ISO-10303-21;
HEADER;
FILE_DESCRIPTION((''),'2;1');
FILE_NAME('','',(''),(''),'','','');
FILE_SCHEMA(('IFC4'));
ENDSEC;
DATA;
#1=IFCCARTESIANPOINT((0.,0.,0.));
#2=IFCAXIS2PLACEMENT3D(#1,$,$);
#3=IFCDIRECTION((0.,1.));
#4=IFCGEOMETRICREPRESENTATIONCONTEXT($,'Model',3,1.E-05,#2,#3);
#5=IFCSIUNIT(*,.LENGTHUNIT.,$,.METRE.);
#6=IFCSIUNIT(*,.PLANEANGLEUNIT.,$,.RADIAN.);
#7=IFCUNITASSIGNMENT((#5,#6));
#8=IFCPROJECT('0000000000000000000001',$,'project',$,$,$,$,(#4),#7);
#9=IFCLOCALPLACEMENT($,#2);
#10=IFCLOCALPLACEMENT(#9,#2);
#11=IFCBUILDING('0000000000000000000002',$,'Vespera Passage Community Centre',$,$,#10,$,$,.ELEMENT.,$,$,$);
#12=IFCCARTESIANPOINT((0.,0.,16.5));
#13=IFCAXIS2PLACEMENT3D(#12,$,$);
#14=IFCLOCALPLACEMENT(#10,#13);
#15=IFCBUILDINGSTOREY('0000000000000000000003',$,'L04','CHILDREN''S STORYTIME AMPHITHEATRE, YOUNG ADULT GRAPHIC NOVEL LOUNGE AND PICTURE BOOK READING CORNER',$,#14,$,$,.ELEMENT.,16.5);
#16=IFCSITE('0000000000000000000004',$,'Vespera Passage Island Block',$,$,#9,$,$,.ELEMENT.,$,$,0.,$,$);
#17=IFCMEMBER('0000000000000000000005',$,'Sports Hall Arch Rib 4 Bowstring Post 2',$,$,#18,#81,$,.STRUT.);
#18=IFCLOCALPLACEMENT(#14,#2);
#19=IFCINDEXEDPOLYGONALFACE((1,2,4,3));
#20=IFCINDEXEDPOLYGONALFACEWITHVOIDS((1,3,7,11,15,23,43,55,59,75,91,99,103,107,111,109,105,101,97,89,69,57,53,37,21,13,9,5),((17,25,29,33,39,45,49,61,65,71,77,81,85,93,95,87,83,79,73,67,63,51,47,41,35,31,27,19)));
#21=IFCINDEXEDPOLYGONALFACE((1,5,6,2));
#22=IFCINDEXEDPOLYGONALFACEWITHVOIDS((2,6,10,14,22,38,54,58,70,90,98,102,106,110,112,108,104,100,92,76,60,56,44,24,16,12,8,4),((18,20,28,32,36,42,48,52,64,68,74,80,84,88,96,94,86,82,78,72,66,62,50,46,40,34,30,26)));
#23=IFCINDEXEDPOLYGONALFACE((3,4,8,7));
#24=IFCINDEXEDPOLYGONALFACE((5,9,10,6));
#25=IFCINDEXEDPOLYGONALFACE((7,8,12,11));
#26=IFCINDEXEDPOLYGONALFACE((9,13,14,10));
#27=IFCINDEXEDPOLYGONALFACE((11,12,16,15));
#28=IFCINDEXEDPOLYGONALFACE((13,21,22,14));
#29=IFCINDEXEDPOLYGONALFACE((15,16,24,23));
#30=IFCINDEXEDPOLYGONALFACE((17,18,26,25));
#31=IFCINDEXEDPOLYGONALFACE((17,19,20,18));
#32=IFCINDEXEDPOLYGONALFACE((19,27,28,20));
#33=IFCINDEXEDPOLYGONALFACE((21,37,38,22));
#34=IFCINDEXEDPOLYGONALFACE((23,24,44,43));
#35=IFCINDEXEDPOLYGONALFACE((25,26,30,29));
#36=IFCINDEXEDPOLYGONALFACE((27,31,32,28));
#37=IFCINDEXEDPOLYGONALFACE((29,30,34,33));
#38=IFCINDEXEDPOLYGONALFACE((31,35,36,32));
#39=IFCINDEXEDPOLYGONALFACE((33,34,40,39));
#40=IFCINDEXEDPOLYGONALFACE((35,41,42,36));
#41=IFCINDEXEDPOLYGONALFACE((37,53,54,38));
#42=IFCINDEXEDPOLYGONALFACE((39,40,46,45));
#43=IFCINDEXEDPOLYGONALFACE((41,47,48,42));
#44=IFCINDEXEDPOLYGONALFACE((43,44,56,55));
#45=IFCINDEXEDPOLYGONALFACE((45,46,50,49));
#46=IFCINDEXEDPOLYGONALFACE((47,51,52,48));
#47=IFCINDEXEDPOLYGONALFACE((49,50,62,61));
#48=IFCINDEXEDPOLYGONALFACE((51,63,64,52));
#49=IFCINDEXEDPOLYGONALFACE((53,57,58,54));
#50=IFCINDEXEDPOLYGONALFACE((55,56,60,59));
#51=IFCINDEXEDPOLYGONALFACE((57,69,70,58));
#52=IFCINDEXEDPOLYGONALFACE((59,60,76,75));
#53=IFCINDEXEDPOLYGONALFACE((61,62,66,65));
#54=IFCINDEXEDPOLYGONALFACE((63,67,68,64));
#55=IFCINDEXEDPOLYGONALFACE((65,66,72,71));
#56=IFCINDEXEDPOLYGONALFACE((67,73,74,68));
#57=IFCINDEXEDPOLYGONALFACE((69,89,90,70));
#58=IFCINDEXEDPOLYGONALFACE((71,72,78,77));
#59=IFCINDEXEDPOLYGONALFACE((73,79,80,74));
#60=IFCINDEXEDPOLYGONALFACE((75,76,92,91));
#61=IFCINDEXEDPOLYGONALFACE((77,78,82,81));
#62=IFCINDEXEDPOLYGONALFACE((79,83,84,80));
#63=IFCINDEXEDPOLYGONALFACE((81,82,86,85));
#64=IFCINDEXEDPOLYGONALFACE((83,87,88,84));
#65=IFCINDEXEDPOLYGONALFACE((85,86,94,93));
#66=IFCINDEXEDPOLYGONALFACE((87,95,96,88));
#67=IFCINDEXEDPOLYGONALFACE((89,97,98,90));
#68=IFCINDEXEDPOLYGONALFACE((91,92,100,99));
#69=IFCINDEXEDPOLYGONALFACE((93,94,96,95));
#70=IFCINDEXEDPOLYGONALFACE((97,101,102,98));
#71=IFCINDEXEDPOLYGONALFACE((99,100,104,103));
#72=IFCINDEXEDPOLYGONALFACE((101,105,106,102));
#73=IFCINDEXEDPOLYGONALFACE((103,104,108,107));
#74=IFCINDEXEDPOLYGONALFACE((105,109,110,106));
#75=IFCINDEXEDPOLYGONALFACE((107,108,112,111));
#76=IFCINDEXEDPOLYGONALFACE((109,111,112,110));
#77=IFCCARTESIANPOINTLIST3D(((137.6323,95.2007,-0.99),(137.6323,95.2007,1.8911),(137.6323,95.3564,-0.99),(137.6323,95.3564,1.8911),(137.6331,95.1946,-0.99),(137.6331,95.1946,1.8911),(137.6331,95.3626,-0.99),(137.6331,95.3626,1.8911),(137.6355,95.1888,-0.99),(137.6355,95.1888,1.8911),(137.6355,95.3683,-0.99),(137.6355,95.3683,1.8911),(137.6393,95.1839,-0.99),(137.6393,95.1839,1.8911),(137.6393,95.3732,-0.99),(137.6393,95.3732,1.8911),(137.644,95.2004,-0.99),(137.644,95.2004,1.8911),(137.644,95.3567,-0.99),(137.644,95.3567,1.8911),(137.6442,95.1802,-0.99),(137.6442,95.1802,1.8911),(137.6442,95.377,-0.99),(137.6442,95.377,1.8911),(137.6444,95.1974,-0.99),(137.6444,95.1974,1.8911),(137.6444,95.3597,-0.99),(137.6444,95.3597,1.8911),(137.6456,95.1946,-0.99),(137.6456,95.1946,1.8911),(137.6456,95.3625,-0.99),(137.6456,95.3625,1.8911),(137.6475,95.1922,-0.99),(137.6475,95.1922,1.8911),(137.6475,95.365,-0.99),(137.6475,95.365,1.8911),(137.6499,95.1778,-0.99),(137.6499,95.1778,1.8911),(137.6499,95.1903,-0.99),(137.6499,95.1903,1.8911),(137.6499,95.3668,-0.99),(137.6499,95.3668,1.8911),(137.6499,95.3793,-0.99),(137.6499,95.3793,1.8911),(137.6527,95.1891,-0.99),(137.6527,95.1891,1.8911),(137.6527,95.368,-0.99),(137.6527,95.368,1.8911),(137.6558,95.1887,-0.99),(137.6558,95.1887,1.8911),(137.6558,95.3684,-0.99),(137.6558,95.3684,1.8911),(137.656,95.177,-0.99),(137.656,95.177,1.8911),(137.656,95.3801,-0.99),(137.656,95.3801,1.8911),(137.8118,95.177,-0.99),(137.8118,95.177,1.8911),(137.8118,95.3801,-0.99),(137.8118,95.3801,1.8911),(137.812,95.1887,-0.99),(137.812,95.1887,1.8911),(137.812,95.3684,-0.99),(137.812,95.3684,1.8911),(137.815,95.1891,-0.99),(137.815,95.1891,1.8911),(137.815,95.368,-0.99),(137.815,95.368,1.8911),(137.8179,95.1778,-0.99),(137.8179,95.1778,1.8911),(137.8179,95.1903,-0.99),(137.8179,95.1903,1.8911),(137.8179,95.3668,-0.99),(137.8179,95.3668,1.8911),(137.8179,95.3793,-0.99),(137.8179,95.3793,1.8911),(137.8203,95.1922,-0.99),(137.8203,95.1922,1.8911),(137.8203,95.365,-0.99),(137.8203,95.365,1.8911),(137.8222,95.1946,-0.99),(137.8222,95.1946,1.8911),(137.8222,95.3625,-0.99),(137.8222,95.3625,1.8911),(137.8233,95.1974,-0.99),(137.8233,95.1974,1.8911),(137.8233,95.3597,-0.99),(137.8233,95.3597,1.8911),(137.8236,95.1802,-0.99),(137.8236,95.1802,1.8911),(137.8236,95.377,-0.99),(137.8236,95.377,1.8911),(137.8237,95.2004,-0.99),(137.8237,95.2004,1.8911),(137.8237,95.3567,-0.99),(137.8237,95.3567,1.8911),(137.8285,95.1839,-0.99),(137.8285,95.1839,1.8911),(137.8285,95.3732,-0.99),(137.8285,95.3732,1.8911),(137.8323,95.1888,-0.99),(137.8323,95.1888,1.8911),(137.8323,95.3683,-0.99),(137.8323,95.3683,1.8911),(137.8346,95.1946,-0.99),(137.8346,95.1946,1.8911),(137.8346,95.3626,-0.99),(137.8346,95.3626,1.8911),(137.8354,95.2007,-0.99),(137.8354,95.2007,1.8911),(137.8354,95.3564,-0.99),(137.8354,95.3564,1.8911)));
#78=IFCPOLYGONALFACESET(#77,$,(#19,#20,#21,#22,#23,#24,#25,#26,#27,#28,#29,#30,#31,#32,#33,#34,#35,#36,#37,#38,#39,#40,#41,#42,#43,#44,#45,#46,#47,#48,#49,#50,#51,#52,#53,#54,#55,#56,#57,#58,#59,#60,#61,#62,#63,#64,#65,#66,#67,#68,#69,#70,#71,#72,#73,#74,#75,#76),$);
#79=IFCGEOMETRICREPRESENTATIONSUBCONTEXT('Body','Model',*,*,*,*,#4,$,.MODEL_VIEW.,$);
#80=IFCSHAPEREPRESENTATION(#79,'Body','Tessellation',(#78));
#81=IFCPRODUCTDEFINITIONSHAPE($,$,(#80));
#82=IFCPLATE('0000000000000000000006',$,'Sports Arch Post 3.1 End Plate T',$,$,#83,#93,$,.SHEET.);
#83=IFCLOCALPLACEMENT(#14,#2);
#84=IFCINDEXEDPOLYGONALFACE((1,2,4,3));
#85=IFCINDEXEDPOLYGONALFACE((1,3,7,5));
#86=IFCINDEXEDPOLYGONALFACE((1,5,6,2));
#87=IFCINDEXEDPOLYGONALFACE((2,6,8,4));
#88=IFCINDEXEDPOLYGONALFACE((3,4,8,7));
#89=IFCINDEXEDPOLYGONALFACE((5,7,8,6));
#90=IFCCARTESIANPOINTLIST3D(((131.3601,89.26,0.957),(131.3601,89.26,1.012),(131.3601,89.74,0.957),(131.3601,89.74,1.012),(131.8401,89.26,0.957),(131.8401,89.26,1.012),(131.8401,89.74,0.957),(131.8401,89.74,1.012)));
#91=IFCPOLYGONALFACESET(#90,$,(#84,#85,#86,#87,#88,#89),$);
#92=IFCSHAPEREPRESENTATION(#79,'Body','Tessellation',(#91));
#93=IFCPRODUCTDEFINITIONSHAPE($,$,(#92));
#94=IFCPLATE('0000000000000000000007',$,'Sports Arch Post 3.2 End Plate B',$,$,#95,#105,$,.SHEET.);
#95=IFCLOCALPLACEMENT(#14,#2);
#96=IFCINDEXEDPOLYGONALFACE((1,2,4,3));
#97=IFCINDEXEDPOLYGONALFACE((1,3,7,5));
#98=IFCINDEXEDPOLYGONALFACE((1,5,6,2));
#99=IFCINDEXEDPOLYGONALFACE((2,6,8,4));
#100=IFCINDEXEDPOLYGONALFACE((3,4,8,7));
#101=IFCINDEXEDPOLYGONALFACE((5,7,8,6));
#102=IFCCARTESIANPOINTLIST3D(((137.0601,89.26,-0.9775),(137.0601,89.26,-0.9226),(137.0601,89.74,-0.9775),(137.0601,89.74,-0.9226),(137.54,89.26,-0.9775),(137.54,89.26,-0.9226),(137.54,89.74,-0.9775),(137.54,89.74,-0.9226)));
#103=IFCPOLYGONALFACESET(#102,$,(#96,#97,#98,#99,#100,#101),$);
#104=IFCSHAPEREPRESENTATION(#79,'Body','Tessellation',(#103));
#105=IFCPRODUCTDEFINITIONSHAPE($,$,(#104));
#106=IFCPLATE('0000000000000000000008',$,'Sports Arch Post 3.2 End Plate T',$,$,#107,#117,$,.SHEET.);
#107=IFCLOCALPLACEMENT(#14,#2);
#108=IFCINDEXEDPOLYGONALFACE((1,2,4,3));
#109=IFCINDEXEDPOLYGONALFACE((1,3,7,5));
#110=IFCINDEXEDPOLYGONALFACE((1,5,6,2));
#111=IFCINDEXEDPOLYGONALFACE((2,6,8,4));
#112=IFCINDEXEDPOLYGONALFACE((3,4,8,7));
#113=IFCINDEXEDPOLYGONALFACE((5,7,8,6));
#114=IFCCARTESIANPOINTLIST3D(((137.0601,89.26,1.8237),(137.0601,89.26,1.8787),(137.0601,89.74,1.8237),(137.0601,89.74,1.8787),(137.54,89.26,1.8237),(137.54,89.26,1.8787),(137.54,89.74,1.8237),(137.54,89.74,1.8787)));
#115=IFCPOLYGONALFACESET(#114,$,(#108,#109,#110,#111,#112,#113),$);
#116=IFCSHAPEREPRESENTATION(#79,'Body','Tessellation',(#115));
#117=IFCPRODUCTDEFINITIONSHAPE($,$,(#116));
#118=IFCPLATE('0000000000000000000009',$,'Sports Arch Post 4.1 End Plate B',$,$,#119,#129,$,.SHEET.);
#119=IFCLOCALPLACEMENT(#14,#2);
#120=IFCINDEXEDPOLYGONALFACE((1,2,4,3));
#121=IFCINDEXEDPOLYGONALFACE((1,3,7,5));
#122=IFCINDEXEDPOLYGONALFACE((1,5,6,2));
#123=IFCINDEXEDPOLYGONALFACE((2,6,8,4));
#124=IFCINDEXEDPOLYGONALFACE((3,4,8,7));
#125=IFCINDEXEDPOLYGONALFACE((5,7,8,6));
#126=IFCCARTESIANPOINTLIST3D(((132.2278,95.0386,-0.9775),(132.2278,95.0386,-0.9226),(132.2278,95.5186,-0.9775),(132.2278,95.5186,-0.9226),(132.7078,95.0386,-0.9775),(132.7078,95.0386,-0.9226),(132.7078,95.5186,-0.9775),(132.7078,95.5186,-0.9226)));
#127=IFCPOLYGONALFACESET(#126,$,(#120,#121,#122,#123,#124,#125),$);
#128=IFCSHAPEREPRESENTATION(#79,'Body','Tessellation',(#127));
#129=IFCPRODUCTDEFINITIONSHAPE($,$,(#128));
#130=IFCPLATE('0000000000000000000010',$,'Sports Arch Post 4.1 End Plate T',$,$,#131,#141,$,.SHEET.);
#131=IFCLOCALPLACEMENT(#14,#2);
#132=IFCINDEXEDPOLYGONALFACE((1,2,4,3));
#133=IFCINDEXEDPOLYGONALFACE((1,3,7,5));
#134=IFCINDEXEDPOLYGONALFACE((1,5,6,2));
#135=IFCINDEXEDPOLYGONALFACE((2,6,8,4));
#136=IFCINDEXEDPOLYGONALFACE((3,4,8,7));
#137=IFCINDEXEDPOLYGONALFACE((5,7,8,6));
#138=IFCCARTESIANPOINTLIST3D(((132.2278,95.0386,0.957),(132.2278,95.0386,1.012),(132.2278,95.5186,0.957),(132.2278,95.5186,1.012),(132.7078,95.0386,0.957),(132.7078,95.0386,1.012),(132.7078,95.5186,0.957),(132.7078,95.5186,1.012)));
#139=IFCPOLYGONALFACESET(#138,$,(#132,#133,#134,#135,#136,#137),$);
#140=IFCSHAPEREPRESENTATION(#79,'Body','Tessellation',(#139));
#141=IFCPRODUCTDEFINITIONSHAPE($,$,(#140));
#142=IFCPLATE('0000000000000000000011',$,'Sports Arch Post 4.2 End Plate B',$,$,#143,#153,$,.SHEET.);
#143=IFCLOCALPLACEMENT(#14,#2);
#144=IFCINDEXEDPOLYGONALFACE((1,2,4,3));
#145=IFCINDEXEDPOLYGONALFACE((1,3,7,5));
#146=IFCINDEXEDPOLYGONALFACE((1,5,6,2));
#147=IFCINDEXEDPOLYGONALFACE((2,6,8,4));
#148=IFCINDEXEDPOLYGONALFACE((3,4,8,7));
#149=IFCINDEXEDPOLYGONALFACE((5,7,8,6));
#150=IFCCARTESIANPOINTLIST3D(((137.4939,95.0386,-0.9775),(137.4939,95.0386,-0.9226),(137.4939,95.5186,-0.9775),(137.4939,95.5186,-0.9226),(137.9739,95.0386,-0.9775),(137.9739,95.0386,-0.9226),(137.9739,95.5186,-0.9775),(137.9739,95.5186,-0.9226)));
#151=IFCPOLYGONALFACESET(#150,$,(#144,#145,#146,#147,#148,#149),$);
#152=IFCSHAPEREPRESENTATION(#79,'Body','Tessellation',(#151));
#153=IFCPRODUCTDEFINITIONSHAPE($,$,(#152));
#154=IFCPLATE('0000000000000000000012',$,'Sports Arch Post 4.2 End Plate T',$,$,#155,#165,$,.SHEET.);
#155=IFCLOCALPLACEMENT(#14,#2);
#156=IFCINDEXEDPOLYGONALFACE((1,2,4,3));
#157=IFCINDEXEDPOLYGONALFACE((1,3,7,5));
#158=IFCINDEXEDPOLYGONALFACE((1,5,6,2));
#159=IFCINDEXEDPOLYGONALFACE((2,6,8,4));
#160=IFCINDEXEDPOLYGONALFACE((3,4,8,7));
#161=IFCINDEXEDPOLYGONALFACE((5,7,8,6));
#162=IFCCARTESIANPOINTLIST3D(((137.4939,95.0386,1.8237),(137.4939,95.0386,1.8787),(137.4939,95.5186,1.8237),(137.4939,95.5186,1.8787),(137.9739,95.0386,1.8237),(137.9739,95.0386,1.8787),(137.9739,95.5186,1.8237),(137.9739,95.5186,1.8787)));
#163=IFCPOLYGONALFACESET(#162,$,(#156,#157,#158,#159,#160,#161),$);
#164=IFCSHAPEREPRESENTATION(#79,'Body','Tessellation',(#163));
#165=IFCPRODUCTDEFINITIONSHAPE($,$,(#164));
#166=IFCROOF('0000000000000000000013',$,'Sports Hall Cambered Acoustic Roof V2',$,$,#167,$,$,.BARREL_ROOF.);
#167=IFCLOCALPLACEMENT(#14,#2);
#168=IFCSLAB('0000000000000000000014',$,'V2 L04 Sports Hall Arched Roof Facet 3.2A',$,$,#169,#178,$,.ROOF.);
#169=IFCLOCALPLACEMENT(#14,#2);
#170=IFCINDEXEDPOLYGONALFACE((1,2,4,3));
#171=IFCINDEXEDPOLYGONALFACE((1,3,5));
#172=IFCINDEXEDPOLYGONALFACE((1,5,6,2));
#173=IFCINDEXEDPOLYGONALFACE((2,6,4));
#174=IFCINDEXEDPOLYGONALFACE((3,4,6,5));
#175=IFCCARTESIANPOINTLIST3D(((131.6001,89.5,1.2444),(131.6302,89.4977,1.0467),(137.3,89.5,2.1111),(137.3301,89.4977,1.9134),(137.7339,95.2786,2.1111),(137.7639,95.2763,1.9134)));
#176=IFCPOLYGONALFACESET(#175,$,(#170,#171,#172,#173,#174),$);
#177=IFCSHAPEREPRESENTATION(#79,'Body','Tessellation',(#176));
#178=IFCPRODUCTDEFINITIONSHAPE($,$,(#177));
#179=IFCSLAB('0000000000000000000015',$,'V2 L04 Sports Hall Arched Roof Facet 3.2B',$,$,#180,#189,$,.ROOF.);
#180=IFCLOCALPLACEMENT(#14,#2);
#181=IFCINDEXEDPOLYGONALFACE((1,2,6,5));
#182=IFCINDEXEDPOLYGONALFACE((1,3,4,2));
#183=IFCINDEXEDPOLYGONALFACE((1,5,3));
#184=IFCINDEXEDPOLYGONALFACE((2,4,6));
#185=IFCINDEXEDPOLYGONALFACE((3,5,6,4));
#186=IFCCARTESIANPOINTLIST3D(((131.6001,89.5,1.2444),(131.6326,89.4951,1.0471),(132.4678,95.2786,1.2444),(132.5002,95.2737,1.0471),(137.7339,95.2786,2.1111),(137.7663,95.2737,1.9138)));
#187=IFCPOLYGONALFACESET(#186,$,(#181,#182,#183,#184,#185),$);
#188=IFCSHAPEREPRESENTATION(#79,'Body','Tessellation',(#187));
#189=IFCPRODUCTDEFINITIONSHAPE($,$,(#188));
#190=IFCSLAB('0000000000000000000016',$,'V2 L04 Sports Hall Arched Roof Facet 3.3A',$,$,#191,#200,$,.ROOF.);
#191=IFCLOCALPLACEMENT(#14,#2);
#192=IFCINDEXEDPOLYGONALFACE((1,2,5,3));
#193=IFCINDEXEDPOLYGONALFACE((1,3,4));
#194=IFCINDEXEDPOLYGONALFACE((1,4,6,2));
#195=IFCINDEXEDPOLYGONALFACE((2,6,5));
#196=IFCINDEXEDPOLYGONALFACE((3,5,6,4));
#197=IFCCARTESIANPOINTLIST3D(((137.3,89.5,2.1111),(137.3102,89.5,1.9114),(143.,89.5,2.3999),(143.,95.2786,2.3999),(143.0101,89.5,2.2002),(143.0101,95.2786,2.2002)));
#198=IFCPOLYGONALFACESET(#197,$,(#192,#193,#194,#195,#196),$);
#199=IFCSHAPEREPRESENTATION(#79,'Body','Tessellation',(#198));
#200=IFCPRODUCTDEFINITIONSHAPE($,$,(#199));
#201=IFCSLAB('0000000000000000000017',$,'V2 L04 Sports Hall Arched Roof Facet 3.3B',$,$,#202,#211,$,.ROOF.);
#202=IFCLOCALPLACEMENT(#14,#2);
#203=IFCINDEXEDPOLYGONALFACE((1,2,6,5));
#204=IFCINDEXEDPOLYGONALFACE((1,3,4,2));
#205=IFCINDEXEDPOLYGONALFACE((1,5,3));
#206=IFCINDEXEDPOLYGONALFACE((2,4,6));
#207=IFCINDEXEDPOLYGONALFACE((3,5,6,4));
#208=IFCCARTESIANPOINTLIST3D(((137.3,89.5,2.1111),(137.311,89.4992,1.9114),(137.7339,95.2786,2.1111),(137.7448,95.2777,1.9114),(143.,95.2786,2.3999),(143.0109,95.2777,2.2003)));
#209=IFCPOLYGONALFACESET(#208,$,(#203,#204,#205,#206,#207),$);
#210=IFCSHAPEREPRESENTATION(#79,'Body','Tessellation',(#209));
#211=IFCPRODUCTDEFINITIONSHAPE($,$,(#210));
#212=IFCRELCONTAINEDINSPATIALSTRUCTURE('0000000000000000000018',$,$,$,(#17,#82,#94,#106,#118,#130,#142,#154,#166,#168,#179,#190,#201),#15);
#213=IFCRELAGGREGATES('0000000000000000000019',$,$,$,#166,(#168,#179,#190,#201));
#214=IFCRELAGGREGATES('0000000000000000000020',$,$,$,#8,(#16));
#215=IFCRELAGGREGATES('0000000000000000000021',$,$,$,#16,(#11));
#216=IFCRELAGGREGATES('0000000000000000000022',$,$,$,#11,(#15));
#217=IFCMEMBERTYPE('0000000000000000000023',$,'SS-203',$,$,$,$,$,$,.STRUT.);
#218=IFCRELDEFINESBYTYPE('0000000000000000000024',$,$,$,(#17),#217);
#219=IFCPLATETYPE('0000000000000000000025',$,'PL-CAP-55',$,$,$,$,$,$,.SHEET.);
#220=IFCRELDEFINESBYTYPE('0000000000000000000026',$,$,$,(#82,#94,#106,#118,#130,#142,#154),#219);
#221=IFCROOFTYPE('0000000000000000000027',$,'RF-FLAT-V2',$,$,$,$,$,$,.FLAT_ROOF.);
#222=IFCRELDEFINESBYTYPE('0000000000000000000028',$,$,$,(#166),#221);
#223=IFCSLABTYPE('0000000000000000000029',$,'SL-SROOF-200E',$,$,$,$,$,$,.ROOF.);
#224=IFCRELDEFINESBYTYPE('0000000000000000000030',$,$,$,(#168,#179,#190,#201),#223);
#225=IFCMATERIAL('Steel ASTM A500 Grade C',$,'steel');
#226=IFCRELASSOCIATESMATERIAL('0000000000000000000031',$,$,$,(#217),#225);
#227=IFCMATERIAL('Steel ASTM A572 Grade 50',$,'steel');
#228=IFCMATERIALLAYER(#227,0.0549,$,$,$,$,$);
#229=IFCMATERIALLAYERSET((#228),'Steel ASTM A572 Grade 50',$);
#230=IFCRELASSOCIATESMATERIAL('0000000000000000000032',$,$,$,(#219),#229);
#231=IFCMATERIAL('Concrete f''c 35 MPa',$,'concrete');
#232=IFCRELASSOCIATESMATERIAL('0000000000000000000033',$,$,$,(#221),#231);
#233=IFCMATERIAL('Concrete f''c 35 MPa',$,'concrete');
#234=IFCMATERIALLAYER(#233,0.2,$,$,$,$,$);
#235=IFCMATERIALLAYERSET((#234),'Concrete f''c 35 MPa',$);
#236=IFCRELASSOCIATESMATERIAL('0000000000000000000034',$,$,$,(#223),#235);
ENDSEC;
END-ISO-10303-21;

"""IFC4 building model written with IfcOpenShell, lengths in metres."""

from ifc_helpers import new_model, si_unit, direction, frame, origin, origin_2d, place, context, subcontext, project, spatial, polyline, rectangle, hollow_rectangle, outline, extrude, material, layer, layer_set, material_profile, profile_set, type_object, element, aggregate, save


model = new_model("IFC4")

# Units and contexts
model_context = context("Model", 3, precision=1e-05, world=origin(), true_north=direction((0.0, 1.0)))
body_context = subcontext(model_context, "Body", "Model", "MODEL_VIEW")
ifc_project = project(units=[si_unit("LENGTHUNIT", "METRE"), si_unit("PLANEANGLEUNIT", "RADIAN")], contexts=[model_context])

# Site, building, storey
site_placement = place(None, origin())
site = spatial("IfcSite", under=ifc_project, at=site_placement, Name="Vespera Passage Island Block", CompositionType="ELEMENT", RefElevation=0.0)
building_placement = place(site_placement, origin())
building = spatial("IfcBuilding", under=site, at=building_placement, Name="Vespera Passage Community Centre", CompositionType="ELEMENT")
storey_placement = place(building_placement, frame((0.0, 0.0, 16.5)))
storey = spatial("IfcBuildingStorey", under=building, at=storey_placement, Name="L04", Description="CHILDREN'S STORYTIME AMPHITHEATRE, YOUNG ADULT GRAPHIC NOVEL LOUNGE AND PICTURE BOOK READING CORNER", CompositionType="ELEMENT", Elevation=16.5)

# Member
ifc_material_1 = material(Name="Steel ASTM A500 Grade C", Category="steel")
ifc_material_profile_1 = material_profile(ifc_material_1, hollow_rectangle(XDim=0.2031, YDim=0.2031, WallThickness=0.0117, InnerFilletRadius=0.0117, OuterFilletRadius=0.0237, at=origin_2d()), Name="HSS203X203X12.7")
ifc_profile_set_1 = profile_set([ifc_material_profile_1], Name="Steel ASTM A500 Grade C")
member_type = type_object("IfcMemberType", Name="SS-203", PredefinedType="STRUT", material=ifc_profile_set_1)
member_1_placement = place(storey_placement, frame((137.7339, 95.2786, -0.99), z_axis=(0.0, 0.0, 1.0), x_axis=(1.0, 0.0, 0.0)))
element("IfcMember", 1, at=member_1_placement, inside=storey, type_object=member_type, Name="Sports Hall Arch Rib 4 Bowstring Post 2", PredefinedType="STRUT", context=body_context, shape_type="SweptSolid", body=[
    extrude(hollow_rectangle(XDim=0.2031, YDim=0.2031, WallThickness=0.0117, InnerFilletRadius=0.0117, OuterFilletRadius=0.0237, at=origin_2d()), origin(), (0.0, 0.0, 1.0), 2.8811),
])

# Plates
ifc_material_2 = material(Name="Steel ASTM A572 Grade 50", Category="steel")
ifc_layer_1 = layer(ifc_material_2, 0.0549)
ifc_layer_set_1 = layer_set([ifc_layer_1], Name="Steel ASTM A572 Grade 50")
plate_type = type_object("IfcPlateType", Name="PL-CAP-55", PredefinedType="SHEET", material=ifc_layer_set_1)
for number, where, z_axis, x_axis, name in (
    (2, (131.6001, 89.5, 0.957), (0.0, 0.0, 1.0), (1.0, 0.0, 0.0), "Sports Arch Post 3.1 End Plate T"),
    (3, (137.3, 89.5, -0.9775), (0.0, 0.0, 1.0), (1.0, 0.0, 0.0), "Sports Arch Post 3.2 End Plate B"),
    (4, (137.3, 89.5, 1.8237), (0.0, 0.0, 1.0), (1.0, 0.0, 0.0), "Sports Arch Post 3.2 End Plate T"),
    (5, (132.4678, 95.2786, -0.9775), (0.0, 0.0, 1.0), (1.0, 0.0, 0.0), "Sports Arch Post 4.1 End Plate B"),
    (6, (132.4678, 95.2786, 0.957), (0.0, 0.0, 1.0), (1.0, 0.0, 0.0), "Sports Arch Post 4.1 End Plate T"),
    (7, (137.7339, 95.2786, -0.9775), (0.0, 0.0, 1.0), (1.0, 0.0, 0.0), "Sports Arch Post 4.2 End Plate B"),
    (8, (137.7339, 95.2786, 1.8237), (0.0, 0.0, 1.0), (1.0, 0.0, 0.0), "Sports Arch Post 4.2 End Plate T"),
):
    element("IfcPlate", number, at=place(storey_placement, frame(where, z_axis=z_axis, x_axis=x_axis)), inside=storey, type_object=plate_type, Name=name, PredefinedType="SHEET", context=body_context, shape_type="SweptSolid", body=[
        extrude(rectangle(XDim=0.48, YDim=0.48, at=origin_2d()), origin(), (0.0, 0.0, 1.0), 0.0549),
    ])

# Roof, slabs
ifc_material_3 = material(Name="Concrete f'c 35 MPa", Category="concrete")
roof_type = type_object("IfcRoofType", Name="RF-FLAT-V2", PredefinedType="FLAT_ROOF", material=ifc_material_3)
roof_placement = place(storey_placement, origin())
roof = element("IfcRoof", 9, at=roof_placement, inside=storey, type_object=roof_type, Name="Sports Hall Cambered Acoustic Roof V2", PredefinedType="BARREL_ROOF")
ifc_material_4 = material(Name="Concrete f'c 35 MPa", Category="concrete")
ifc_layer_2 = layer(ifc_material_4, 0.2)
ifc_layer_set_2 = layer_set([ifc_layer_2], Name="Concrete f'c 35 MPa")
slab_type = type_object("IfcSlabType", Name="SL-SROOF-200E", PredefinedType="ROOF", material=ifc_layer_set_2)
slab_1_placement = place(storey_placement, frame((131.6001, 89.5, 1.2444), z_axis=(-0.150316, 0.011285, 0.988574), x_axis=(0.988636, 0.0, 0.150326)))
slab_1 = element("IfcSlab", 10, at=slab_1_placement, inside=storey, type_object=slab_type, Name="V2 L04 Sports Hall Arched Roof Facet 3.2A", PredefinedType="ROOF", context=body_context, shape_type="SweptSolid", body=[
    extrude(outline(polyline([(0.0, 0.0), (5.7655, 0.0), (6.1944, 5.7789), (0.0, 0.0)])), origin(), (0.0, 0.0, -1.0), 0.2),
])
slab_2_placement = place(storey_placement, frame((131.6001, 89.5, 1.2444), z_axis=(-0.162347, 0.024377, 0.986432), x_axis=(0.72405, 0.682118, 0.102308)))
slab_2 = element("IfcSlab", 11, at=slab_2_placement, inside=storey, type_object=slab_type, Name="V2 L04 Sports Hall Arched Roof Facet 3.2B", PredefinedType="ROOF", context=body_context, shape_type="SweptSolid", body=[
    extrude(outline(polyline([(0.0, 0.0), (8.4715, 0.0), (4.5699, 3.6415), (0.0, 0.0)])), origin(), (0.0, 0.0, -1.0), 0.2),
])
slab_3_placement = place(storey_placement, frame((137.3, 89.5, 2.1111), z_axis=(-0.050605, 0.0, 0.998719), x_axis=(0.998719, 0.0, 0.050605)))
slab_3 = element("IfcSlab", 12, at=slab_3_placement, inside=storey, type_object=slab_type, Name="V2 L04 Sports Hall Arched Roof Facet 3.3A", PredefinedType="ROOF", context=body_context, shape_type="SweptSolid", body=[
    extrude(outline(polyline([(0.0, 0.0), (5.7073, 0.0), (5.7073, 5.7786), (0.0, 0.0)])), origin(), (0.0, 0.0, -1.0), 0.2),
])
slab_4_placement = place(storey_placement, frame((137.3, 89.5, 2.1111), z_axis=(-0.054762, 0.004111, 0.998491), x_axis=(0.701803, 0.711483, 0.035561)))
slab_4 = element("IfcSlab", 13, at=slab_4_placement, inside=storey, type_object=slab_type, Name="V2 L04 Sports Hall Arched Roof Facet 3.3B", PredefinedType="ROOF", context=body_context, shape_type="SweptSolid", body=[
    extrude(outline(polyline([(0.0, 0.0), (8.1219, 0.0), (4.4158, 3.7524), (0.0, 0.0)])), origin(), (0.0, 0.0, -1.0), 0.2),
])
aggregate(roof, [slab_1, slab_2, slab_3, slab_4])

save(model, "model.ifc")
